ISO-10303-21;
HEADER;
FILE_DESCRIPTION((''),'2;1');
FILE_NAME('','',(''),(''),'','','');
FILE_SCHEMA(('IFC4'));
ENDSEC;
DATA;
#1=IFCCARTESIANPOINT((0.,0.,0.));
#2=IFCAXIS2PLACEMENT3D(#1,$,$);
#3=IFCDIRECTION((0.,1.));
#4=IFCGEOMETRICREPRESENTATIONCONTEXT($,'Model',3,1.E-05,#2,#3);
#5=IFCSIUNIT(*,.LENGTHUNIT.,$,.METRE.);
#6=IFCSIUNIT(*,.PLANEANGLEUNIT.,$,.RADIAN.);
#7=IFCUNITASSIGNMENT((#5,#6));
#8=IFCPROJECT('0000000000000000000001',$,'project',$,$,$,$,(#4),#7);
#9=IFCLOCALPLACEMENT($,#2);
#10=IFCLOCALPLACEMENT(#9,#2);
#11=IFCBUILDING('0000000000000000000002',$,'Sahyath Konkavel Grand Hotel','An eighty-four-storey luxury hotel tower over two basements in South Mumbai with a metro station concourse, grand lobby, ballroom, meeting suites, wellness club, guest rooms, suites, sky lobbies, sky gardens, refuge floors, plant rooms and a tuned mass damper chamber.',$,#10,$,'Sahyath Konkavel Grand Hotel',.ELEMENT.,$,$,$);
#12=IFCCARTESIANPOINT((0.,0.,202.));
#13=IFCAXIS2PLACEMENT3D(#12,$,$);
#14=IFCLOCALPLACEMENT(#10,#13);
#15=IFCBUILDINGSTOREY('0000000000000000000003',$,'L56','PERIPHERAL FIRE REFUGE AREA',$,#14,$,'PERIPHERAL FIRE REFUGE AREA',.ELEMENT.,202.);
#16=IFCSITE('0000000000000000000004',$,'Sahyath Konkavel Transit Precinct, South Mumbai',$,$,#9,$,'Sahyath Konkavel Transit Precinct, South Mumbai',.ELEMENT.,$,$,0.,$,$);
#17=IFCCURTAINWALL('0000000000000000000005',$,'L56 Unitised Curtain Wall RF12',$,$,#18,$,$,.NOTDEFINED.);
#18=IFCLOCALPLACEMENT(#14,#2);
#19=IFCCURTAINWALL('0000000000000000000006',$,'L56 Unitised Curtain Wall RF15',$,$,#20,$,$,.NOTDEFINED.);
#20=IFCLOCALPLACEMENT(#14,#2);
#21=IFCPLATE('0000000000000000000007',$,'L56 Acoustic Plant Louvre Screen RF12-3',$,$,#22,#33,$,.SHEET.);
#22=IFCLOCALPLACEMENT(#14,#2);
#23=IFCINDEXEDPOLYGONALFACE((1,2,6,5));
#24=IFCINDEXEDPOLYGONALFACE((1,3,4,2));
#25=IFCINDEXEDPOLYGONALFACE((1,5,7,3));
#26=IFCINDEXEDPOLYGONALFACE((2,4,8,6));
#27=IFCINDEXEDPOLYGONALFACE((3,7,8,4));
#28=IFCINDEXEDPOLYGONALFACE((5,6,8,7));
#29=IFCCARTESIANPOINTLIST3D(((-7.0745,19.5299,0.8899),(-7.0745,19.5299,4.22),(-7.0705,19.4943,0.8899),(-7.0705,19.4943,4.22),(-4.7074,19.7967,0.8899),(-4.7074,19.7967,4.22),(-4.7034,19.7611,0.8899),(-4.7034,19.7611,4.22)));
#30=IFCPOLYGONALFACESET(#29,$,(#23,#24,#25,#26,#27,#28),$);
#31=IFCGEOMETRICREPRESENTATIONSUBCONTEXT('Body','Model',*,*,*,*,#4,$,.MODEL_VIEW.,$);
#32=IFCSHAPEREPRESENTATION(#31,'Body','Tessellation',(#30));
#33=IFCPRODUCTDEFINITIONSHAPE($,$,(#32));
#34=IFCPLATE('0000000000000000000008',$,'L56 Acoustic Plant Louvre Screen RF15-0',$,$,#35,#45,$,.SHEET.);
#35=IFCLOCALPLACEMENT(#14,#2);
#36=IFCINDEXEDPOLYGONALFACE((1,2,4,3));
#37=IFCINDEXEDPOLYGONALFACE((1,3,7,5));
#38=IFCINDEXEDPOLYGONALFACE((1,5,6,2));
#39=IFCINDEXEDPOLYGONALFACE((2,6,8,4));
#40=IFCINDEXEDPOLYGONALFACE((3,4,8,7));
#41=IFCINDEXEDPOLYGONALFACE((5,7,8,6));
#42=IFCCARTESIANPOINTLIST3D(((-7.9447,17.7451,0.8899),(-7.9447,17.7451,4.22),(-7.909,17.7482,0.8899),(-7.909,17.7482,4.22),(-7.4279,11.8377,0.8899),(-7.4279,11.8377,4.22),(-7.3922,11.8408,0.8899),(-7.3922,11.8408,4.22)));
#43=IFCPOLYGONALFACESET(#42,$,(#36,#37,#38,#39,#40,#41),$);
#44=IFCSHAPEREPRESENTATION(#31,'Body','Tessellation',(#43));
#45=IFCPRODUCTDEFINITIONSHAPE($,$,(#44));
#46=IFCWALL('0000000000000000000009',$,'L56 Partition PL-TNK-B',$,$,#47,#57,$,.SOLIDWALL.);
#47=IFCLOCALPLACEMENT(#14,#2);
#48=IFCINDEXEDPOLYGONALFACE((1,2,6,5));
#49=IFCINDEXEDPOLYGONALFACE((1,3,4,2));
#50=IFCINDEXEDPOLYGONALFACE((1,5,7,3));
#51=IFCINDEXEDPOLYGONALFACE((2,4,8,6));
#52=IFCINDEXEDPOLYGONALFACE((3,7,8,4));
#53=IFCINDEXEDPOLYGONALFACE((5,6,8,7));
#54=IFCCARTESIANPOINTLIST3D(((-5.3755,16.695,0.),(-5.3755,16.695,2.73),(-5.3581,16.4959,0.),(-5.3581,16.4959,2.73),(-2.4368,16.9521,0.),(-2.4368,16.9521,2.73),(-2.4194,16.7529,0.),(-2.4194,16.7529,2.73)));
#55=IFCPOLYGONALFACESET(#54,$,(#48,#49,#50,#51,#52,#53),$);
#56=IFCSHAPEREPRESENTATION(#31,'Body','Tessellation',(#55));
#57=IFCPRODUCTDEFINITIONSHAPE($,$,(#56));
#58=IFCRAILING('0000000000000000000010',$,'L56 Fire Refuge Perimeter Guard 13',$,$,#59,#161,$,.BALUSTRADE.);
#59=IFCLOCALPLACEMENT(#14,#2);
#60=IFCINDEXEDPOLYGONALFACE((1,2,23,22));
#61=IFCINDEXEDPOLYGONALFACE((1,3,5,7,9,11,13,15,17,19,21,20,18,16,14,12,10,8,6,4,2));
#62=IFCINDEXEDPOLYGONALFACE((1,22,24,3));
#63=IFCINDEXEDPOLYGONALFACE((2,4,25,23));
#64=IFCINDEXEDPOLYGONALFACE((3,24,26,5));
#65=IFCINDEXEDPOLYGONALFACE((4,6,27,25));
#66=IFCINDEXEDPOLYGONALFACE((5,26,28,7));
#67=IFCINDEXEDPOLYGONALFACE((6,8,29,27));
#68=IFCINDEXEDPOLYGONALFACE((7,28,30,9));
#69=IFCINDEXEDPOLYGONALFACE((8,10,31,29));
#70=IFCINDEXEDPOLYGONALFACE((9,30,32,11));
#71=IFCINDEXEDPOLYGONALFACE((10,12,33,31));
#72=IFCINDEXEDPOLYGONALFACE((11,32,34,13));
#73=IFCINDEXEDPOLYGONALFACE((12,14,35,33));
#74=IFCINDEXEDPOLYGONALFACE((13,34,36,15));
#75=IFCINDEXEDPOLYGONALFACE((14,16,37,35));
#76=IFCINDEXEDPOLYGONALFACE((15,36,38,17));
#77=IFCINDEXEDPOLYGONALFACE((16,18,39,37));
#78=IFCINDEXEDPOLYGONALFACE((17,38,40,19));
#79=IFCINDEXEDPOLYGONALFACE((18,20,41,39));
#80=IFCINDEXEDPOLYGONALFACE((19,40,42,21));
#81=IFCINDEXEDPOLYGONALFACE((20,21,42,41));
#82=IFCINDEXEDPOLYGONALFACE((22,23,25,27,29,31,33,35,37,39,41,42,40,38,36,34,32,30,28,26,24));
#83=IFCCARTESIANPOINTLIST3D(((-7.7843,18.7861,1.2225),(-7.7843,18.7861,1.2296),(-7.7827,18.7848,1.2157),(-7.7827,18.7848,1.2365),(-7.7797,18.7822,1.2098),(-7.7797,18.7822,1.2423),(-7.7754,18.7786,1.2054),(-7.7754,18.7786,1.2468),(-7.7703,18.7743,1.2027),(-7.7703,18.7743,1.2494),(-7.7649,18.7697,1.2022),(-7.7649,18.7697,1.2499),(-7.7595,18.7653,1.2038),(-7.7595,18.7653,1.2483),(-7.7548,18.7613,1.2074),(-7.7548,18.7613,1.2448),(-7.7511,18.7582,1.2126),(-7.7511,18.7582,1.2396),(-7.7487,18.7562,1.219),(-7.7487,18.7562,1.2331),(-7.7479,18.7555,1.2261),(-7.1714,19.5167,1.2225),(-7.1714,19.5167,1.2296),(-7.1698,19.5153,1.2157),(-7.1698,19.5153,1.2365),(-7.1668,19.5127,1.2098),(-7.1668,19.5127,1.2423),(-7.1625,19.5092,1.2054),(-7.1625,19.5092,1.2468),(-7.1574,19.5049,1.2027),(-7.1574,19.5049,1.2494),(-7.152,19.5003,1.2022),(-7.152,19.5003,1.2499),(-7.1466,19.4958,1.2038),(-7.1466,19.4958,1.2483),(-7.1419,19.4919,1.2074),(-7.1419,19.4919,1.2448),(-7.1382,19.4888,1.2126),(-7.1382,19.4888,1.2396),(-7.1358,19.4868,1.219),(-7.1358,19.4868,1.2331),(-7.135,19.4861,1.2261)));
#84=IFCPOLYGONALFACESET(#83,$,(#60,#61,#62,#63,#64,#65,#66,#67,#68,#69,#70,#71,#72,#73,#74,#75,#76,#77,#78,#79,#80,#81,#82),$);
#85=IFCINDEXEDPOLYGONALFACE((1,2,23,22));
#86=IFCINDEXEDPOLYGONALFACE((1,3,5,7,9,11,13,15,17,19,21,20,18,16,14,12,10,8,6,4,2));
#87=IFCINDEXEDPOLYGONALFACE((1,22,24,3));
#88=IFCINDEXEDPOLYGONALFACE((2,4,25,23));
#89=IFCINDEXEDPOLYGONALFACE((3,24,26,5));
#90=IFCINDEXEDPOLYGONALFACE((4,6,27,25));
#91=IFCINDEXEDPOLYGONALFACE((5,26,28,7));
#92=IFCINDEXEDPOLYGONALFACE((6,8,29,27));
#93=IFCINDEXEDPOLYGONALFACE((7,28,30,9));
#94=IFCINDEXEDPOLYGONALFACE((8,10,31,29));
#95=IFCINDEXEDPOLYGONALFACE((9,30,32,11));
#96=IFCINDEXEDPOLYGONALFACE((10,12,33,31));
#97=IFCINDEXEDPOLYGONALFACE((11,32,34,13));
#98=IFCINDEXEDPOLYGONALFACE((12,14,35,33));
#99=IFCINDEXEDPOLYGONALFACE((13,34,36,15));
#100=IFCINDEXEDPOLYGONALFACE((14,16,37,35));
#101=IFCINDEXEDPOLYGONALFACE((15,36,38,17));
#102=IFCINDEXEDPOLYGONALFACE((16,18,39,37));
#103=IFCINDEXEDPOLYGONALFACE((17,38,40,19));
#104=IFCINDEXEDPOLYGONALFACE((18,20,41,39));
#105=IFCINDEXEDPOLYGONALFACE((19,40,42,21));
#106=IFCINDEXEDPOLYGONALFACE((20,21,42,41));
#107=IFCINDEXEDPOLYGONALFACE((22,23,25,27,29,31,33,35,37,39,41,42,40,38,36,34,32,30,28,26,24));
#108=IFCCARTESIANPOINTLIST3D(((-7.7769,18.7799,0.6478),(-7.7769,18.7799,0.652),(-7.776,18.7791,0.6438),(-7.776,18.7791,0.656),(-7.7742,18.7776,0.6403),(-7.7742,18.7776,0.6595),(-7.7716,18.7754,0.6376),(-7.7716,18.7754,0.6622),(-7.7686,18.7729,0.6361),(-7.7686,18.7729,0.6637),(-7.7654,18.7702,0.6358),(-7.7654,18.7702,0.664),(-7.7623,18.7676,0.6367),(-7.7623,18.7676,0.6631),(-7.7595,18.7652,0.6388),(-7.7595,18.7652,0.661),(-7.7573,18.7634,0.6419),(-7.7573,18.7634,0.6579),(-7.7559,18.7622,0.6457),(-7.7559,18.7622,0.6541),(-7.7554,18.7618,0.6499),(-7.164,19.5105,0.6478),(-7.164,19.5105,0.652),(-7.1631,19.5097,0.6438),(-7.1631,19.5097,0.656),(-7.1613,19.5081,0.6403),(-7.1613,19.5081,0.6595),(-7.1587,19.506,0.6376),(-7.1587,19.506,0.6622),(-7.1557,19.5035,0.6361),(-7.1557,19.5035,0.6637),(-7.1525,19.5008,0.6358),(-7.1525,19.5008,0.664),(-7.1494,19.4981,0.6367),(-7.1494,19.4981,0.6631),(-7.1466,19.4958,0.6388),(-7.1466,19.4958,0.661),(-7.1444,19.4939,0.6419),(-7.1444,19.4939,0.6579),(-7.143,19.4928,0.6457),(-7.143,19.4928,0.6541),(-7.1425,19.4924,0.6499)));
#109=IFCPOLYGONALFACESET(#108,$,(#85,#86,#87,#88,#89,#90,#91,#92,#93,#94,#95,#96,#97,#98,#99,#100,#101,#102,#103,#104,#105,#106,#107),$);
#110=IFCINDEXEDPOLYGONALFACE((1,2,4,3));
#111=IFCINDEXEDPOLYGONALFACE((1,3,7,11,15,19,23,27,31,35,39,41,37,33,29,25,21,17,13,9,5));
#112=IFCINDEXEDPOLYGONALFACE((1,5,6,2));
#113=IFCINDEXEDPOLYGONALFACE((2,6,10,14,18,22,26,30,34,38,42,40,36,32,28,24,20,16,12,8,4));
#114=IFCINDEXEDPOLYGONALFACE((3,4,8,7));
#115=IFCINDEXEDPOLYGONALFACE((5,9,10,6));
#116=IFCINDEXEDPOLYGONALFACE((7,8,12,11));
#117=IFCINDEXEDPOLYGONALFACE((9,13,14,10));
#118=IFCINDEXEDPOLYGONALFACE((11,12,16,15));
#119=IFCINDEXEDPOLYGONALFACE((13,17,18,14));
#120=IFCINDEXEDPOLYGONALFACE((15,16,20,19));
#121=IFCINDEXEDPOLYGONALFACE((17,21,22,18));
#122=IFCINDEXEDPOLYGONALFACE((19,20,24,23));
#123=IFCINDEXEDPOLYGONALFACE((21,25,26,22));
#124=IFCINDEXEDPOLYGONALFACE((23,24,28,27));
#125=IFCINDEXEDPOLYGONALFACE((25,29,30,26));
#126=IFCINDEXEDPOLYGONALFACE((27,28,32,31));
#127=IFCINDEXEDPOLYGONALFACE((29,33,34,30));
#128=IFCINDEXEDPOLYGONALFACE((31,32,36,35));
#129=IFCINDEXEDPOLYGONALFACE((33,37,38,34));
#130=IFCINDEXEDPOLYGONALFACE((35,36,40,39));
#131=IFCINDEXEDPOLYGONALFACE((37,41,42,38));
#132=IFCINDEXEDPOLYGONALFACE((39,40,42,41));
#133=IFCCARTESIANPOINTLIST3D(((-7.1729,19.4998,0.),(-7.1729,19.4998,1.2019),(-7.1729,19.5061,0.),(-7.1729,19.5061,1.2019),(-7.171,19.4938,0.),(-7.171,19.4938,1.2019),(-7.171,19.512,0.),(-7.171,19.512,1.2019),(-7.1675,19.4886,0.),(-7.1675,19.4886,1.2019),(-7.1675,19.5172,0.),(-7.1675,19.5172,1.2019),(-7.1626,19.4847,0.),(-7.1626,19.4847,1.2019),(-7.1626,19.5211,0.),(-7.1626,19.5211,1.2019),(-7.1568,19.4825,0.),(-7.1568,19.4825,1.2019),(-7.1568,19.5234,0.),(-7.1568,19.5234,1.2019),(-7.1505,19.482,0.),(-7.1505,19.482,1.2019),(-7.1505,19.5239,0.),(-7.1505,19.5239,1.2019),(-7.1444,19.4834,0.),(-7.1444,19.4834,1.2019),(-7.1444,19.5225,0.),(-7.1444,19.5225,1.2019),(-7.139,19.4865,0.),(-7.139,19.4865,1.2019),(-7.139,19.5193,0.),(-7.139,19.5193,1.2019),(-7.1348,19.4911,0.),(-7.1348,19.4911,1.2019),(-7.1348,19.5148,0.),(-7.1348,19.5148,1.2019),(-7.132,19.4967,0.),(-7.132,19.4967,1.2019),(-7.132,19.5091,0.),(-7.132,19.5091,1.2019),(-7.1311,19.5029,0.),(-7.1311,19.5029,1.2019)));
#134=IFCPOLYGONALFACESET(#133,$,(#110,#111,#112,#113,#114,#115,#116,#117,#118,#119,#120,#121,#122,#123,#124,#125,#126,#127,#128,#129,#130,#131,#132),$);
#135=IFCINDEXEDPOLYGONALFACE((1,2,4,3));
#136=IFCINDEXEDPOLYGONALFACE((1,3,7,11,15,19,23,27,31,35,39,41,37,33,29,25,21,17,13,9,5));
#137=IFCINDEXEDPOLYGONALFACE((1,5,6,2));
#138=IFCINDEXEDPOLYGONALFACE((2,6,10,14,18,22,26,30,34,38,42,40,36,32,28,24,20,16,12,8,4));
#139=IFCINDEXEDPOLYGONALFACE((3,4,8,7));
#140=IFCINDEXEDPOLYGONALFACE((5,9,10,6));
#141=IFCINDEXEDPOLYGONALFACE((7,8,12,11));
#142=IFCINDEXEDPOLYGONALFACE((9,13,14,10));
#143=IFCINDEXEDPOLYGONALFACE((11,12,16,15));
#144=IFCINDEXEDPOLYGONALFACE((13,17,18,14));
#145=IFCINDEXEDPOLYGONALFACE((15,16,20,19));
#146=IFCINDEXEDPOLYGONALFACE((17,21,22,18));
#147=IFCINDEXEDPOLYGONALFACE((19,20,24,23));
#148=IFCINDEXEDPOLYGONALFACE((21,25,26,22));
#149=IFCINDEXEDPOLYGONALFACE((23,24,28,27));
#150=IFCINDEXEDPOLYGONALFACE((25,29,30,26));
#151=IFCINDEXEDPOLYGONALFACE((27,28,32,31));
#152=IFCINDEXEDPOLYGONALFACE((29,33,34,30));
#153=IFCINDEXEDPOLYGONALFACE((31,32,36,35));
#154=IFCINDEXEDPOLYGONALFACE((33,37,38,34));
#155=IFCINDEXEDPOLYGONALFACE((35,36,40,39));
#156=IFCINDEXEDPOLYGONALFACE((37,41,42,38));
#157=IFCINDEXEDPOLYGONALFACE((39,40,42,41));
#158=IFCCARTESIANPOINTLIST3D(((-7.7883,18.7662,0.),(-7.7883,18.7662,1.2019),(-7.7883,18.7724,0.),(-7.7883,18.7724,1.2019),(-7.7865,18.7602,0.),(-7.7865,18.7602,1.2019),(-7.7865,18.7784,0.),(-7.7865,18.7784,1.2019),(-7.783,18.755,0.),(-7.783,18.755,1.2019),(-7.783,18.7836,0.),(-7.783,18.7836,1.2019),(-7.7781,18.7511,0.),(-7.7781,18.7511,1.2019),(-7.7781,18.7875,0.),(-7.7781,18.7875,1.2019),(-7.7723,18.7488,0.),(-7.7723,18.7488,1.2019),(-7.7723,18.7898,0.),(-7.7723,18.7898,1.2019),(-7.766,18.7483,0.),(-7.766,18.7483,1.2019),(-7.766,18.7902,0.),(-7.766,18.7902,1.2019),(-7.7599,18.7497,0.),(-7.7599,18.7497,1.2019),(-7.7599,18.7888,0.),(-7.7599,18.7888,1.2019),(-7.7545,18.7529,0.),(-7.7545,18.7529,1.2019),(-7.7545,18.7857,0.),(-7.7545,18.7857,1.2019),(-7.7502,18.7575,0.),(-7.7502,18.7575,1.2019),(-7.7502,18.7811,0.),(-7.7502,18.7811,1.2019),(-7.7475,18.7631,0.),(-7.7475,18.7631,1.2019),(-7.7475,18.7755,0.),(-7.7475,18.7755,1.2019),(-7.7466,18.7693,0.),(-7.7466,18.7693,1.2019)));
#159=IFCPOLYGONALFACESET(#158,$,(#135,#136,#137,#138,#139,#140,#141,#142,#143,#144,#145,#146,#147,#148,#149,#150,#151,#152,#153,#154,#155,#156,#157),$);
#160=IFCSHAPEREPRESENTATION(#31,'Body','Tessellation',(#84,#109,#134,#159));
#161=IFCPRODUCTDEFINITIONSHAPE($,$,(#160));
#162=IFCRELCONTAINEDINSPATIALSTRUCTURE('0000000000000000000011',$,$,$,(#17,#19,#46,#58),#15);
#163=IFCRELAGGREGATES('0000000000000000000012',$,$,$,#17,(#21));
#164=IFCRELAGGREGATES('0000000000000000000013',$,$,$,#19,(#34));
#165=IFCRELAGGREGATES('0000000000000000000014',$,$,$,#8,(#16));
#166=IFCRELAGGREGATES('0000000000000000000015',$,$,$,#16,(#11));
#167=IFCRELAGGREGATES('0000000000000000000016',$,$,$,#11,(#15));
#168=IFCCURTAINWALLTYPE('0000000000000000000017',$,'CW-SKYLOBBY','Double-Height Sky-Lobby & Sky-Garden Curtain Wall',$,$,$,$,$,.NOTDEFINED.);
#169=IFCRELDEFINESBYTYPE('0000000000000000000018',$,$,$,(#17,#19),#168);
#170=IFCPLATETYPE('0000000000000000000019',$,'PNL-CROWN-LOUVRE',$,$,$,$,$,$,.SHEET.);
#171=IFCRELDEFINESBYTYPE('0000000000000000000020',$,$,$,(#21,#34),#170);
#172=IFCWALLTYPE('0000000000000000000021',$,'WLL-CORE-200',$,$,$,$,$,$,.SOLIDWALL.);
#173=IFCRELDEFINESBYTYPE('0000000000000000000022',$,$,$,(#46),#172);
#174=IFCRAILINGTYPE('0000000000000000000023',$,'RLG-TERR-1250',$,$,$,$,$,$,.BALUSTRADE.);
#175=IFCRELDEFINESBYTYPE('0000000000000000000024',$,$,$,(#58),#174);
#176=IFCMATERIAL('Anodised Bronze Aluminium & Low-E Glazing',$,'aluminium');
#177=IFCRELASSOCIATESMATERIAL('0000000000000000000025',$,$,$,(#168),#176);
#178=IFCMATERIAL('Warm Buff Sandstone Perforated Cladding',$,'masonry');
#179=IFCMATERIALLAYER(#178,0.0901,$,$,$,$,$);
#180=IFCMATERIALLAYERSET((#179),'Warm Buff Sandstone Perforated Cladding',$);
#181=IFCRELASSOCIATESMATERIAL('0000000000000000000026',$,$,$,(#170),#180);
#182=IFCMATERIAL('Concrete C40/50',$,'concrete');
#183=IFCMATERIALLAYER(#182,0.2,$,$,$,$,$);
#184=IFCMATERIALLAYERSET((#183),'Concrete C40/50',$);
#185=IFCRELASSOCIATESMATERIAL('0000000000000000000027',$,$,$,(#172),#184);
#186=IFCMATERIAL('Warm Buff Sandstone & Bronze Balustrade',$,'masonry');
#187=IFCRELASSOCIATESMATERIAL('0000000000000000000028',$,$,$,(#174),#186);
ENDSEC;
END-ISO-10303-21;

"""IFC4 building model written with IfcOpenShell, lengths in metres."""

from ifc_helpers import new_model, si_unit, direction, frame, frame_2d, origin, origin_2d, place, context, subcontext, project, spatial, rectangle, circle, extrude, source, transform, mapped, material, layer, layer_set, type_object, element, aggregate, save


model = new_model("IFC4")

# Units and contexts
model_context = context("Model", 3, precision=1e-05, world=origin(), true_north=direction((0.0, 1.0)))
body_context = subcontext(model_context, "Body", "Model", "MODEL_VIEW")
ifc_project = project(units=[si_unit("LENGTHUNIT", "METRE"), si_unit("PLANEANGLEUNIT", "RADIAN")], contexts=[model_context])

# Site, building, storey
site_placement = place(None, origin())
site = spatial("IfcSite", under=ifc_project, at=site_placement, Name="Sahyath Konkavel Transit Precinct, South Mumbai", LongName="Sahyath Konkavel Transit Precinct, South Mumbai", CompositionType="ELEMENT", RefElevation=0.0)
building_placement = place(site_placement, origin())
building = spatial("IfcBuilding", under=site, at=building_placement, Name="Sahyath Konkavel Grand Hotel", Description="An eighty-four-storey luxury hotel tower over two basements in South Mumbai with a metro station concourse, grand lobby, ballroom, meeting suites, wellness club, guest rooms, suites, sky lobbies, sky gardens, refuge floors, plant rooms and a tuned mass damper chamber.", LongName="Sahyath Konkavel Grand Hotel", CompositionType="ELEMENT")
storey_placement = place(building_placement, frame((0.0, 0.0, 202.0)))
storey = spatial("IfcBuildingStorey", under=building, at=storey_placement, Name="L56", Description="PERIPHERAL FIRE REFUGE AREA", LongName="PERIPHERAL FIRE REFUGE AREA", CompositionType="ELEMENT", Elevation=202.0)

# Curtain wall
ifc_material_1 = material(Name="Anodised Bronze Aluminium & Low-E Glazing", Category="aluminium")
curtain_wall_type = type_object("IfcCurtainWallType", Name="CW-SKYLOBBY", Description="Double-Height Sky-Lobby & Sky-Garden Curtain Wall", PredefinedType="NOTDEFINED", material=ifc_material_1)
curtain_wall_1_placement = place(storey_placement, origin())
curtain_wall_1 = element("IfcCurtainWall", 1, at=curtain_wall_1_placement, inside=storey, type_object=curtain_wall_type, Name="L56 Unitised Curtain Wall RF12", PredefinedType="NOTDEFINED")

# Curtain wall
curtain_wall_2_placement = place(storey_placement, origin())
curtain_wall_2 = element("IfcCurtainWall", 2, at=curtain_wall_2_placement, inside=storey, type_object=curtain_wall_type, Name="L56 Unitised Curtain Wall RF15", PredefinedType="NOTDEFINED")

# Plates
ifc_material_2 = material(Name="Warm Buff Sandstone Perforated Cladding", Category="masonry")
ifc_layer_1 = layer(ifc_material_2, 0.0901)
ifc_layer_set_1 = layer_set([ifc_layer_1], Name="Warm Buff Sandstone Perforated Cladding")
plate_type_1 = type_object("IfcPlateType", Name="PNL-CROWN-LOUVRE", PredefinedType="SHEET", material=ifc_layer_set_1)
shared_shape_1 = source(origin(), body_context, "Body", "SweptSolid", [
    extrude(rectangle(XDim=2.3821, YDim=0.0359, at=origin_2d()), origin(), (0.0, 0.0, 1.0), 3.3301),
])
plate_1_placement = place(storey_placement, frame((-5.8889, 19.6455, 0.8899), z_axis=(0.0, 0.0, 1.0), x_axis=(-0.993707, -0.112007, 0.0)))
plate_1 = element("IfcPlate", 3, at=plate_1_placement, type_object=plate_type_1, Name="L56 Acoustic Plant Louvre Screen RF12-3", PredefinedType="SHEET", context=body_context, shape_type="MappedRepresentation", body=[
    mapped(shared_shape_1, transform((0.0, 0.0, 0.0), scale=1.0)),
])
aggregate(curtain_wall_1, [plate_1])
shared_shape_2 = source(origin(), body_context, "Body", "SweptSolid", [
    extrude(rectangle(XDim=5.9299, YDim=0.0359, at=origin_2d()), origin(), (0.0, 0.0, 1.0), 3.3301),
])
plate_2_placement = place(storey_placement, frame((-7.6685, 14.793, 0.8899), z_axis=(0.0, 0.0, 1.0), x_axis=(0.087156, -0.996195, 0.0)))
plate_2 = element("IfcPlate", 4, at=plate_2_placement, type_object=plate_type_1, Name="L56 Acoustic Plant Louvre Screen RF15-0", PredefinedType="SHEET", context=body_context, shape_type="MappedRepresentation", body=[
    mapped(shared_shape_2, transform((0.0, 0.0, 0.0), scale=1.0)),
])
aggregate(curtain_wall_2, [plate_2])

# Wall
ifc_material_3 = material(Name="Concrete C40/50", Category="concrete")
ifc_layer_2 = layer(ifc_material_3, 0.2)
ifc_layer_set_2 = layer_set([ifc_layer_2], Name="Concrete C40/50")
wall_type = type_object("IfcWallType", Name="WLL-CORE-200", PredefinedType="SOLIDWALL", material=ifc_layer_set_2)
wall_placement = place(storey_placement, frame((-2.428, 16.8525, 0.0), z_axis=(0.0, 0.0, 1.0), x_axis=(-0.996195, -0.087147, 0.0)))
element("IfcWall", 5, at=wall_placement, inside=storey, type_object=wall_type, Name="L56 Partition PL-TNK-B", PredefinedType="SOLIDWALL", context=body_context, shape_type="SweptSolid", body=[
    extrude(rectangle(XDim=2.95, YDim=0.2, at=frame_2d((1.4751, 0.0))), origin(), (0.0, 0.0, 1.0), 2.73),
])

# Railing
ifc_material_4 = material(Name="Warm Buff Sandstone & Bronze Balustrade", Category="masonry")
railing_type = type_object("IfcRailingType", Name="RLG-TERR-1250", PredefinedType="BALUSTRADE", material=ifc_material_4)
railing_1_placement = place(storey_placement, frame((-7.1521, 19.5029, 0.0)))
element("IfcRailing", 6, at=railing_1_placement, inside=storey, type_object=railing_type, Name="L56 Fire Refuge Perimeter Guard 13", PredefinedType="BALUSTRADE", context=body_context, shape_type="SweptSolid", body=[
    extrude(circle(Radius=0.0239, at=origin_2d()), frame((-0.0012, -0.0015, 1.2261), z_axis=(-0.642714, -0.766107, 0.0), x_axis=(0.766107, -0.642714, 0.0)), (0.0, 0.0, 1.0), 0.9536),
    extrude(circle(Radius=0.0142, at=origin_2d()), frame((-0.0012, -0.0015, 0.6499), z_axis=(-0.642714, -0.766107, 0.0), x_axis=(0.766107, -0.642714, 0.0)), (0.0, 0.0, 1.0), 0.9536),
    extrude(circle(Radius=0.021, at=origin_2d()), origin(), (0.0, 0.0, 1.0), 1.2019),
    extrude(circle(Radius=0.021, at=origin_2d()), frame((-0.6155, -0.7336, 0.0)), (0.0, 0.0, 1.0), 1.2019),
])

save(model, "model.ifc")
